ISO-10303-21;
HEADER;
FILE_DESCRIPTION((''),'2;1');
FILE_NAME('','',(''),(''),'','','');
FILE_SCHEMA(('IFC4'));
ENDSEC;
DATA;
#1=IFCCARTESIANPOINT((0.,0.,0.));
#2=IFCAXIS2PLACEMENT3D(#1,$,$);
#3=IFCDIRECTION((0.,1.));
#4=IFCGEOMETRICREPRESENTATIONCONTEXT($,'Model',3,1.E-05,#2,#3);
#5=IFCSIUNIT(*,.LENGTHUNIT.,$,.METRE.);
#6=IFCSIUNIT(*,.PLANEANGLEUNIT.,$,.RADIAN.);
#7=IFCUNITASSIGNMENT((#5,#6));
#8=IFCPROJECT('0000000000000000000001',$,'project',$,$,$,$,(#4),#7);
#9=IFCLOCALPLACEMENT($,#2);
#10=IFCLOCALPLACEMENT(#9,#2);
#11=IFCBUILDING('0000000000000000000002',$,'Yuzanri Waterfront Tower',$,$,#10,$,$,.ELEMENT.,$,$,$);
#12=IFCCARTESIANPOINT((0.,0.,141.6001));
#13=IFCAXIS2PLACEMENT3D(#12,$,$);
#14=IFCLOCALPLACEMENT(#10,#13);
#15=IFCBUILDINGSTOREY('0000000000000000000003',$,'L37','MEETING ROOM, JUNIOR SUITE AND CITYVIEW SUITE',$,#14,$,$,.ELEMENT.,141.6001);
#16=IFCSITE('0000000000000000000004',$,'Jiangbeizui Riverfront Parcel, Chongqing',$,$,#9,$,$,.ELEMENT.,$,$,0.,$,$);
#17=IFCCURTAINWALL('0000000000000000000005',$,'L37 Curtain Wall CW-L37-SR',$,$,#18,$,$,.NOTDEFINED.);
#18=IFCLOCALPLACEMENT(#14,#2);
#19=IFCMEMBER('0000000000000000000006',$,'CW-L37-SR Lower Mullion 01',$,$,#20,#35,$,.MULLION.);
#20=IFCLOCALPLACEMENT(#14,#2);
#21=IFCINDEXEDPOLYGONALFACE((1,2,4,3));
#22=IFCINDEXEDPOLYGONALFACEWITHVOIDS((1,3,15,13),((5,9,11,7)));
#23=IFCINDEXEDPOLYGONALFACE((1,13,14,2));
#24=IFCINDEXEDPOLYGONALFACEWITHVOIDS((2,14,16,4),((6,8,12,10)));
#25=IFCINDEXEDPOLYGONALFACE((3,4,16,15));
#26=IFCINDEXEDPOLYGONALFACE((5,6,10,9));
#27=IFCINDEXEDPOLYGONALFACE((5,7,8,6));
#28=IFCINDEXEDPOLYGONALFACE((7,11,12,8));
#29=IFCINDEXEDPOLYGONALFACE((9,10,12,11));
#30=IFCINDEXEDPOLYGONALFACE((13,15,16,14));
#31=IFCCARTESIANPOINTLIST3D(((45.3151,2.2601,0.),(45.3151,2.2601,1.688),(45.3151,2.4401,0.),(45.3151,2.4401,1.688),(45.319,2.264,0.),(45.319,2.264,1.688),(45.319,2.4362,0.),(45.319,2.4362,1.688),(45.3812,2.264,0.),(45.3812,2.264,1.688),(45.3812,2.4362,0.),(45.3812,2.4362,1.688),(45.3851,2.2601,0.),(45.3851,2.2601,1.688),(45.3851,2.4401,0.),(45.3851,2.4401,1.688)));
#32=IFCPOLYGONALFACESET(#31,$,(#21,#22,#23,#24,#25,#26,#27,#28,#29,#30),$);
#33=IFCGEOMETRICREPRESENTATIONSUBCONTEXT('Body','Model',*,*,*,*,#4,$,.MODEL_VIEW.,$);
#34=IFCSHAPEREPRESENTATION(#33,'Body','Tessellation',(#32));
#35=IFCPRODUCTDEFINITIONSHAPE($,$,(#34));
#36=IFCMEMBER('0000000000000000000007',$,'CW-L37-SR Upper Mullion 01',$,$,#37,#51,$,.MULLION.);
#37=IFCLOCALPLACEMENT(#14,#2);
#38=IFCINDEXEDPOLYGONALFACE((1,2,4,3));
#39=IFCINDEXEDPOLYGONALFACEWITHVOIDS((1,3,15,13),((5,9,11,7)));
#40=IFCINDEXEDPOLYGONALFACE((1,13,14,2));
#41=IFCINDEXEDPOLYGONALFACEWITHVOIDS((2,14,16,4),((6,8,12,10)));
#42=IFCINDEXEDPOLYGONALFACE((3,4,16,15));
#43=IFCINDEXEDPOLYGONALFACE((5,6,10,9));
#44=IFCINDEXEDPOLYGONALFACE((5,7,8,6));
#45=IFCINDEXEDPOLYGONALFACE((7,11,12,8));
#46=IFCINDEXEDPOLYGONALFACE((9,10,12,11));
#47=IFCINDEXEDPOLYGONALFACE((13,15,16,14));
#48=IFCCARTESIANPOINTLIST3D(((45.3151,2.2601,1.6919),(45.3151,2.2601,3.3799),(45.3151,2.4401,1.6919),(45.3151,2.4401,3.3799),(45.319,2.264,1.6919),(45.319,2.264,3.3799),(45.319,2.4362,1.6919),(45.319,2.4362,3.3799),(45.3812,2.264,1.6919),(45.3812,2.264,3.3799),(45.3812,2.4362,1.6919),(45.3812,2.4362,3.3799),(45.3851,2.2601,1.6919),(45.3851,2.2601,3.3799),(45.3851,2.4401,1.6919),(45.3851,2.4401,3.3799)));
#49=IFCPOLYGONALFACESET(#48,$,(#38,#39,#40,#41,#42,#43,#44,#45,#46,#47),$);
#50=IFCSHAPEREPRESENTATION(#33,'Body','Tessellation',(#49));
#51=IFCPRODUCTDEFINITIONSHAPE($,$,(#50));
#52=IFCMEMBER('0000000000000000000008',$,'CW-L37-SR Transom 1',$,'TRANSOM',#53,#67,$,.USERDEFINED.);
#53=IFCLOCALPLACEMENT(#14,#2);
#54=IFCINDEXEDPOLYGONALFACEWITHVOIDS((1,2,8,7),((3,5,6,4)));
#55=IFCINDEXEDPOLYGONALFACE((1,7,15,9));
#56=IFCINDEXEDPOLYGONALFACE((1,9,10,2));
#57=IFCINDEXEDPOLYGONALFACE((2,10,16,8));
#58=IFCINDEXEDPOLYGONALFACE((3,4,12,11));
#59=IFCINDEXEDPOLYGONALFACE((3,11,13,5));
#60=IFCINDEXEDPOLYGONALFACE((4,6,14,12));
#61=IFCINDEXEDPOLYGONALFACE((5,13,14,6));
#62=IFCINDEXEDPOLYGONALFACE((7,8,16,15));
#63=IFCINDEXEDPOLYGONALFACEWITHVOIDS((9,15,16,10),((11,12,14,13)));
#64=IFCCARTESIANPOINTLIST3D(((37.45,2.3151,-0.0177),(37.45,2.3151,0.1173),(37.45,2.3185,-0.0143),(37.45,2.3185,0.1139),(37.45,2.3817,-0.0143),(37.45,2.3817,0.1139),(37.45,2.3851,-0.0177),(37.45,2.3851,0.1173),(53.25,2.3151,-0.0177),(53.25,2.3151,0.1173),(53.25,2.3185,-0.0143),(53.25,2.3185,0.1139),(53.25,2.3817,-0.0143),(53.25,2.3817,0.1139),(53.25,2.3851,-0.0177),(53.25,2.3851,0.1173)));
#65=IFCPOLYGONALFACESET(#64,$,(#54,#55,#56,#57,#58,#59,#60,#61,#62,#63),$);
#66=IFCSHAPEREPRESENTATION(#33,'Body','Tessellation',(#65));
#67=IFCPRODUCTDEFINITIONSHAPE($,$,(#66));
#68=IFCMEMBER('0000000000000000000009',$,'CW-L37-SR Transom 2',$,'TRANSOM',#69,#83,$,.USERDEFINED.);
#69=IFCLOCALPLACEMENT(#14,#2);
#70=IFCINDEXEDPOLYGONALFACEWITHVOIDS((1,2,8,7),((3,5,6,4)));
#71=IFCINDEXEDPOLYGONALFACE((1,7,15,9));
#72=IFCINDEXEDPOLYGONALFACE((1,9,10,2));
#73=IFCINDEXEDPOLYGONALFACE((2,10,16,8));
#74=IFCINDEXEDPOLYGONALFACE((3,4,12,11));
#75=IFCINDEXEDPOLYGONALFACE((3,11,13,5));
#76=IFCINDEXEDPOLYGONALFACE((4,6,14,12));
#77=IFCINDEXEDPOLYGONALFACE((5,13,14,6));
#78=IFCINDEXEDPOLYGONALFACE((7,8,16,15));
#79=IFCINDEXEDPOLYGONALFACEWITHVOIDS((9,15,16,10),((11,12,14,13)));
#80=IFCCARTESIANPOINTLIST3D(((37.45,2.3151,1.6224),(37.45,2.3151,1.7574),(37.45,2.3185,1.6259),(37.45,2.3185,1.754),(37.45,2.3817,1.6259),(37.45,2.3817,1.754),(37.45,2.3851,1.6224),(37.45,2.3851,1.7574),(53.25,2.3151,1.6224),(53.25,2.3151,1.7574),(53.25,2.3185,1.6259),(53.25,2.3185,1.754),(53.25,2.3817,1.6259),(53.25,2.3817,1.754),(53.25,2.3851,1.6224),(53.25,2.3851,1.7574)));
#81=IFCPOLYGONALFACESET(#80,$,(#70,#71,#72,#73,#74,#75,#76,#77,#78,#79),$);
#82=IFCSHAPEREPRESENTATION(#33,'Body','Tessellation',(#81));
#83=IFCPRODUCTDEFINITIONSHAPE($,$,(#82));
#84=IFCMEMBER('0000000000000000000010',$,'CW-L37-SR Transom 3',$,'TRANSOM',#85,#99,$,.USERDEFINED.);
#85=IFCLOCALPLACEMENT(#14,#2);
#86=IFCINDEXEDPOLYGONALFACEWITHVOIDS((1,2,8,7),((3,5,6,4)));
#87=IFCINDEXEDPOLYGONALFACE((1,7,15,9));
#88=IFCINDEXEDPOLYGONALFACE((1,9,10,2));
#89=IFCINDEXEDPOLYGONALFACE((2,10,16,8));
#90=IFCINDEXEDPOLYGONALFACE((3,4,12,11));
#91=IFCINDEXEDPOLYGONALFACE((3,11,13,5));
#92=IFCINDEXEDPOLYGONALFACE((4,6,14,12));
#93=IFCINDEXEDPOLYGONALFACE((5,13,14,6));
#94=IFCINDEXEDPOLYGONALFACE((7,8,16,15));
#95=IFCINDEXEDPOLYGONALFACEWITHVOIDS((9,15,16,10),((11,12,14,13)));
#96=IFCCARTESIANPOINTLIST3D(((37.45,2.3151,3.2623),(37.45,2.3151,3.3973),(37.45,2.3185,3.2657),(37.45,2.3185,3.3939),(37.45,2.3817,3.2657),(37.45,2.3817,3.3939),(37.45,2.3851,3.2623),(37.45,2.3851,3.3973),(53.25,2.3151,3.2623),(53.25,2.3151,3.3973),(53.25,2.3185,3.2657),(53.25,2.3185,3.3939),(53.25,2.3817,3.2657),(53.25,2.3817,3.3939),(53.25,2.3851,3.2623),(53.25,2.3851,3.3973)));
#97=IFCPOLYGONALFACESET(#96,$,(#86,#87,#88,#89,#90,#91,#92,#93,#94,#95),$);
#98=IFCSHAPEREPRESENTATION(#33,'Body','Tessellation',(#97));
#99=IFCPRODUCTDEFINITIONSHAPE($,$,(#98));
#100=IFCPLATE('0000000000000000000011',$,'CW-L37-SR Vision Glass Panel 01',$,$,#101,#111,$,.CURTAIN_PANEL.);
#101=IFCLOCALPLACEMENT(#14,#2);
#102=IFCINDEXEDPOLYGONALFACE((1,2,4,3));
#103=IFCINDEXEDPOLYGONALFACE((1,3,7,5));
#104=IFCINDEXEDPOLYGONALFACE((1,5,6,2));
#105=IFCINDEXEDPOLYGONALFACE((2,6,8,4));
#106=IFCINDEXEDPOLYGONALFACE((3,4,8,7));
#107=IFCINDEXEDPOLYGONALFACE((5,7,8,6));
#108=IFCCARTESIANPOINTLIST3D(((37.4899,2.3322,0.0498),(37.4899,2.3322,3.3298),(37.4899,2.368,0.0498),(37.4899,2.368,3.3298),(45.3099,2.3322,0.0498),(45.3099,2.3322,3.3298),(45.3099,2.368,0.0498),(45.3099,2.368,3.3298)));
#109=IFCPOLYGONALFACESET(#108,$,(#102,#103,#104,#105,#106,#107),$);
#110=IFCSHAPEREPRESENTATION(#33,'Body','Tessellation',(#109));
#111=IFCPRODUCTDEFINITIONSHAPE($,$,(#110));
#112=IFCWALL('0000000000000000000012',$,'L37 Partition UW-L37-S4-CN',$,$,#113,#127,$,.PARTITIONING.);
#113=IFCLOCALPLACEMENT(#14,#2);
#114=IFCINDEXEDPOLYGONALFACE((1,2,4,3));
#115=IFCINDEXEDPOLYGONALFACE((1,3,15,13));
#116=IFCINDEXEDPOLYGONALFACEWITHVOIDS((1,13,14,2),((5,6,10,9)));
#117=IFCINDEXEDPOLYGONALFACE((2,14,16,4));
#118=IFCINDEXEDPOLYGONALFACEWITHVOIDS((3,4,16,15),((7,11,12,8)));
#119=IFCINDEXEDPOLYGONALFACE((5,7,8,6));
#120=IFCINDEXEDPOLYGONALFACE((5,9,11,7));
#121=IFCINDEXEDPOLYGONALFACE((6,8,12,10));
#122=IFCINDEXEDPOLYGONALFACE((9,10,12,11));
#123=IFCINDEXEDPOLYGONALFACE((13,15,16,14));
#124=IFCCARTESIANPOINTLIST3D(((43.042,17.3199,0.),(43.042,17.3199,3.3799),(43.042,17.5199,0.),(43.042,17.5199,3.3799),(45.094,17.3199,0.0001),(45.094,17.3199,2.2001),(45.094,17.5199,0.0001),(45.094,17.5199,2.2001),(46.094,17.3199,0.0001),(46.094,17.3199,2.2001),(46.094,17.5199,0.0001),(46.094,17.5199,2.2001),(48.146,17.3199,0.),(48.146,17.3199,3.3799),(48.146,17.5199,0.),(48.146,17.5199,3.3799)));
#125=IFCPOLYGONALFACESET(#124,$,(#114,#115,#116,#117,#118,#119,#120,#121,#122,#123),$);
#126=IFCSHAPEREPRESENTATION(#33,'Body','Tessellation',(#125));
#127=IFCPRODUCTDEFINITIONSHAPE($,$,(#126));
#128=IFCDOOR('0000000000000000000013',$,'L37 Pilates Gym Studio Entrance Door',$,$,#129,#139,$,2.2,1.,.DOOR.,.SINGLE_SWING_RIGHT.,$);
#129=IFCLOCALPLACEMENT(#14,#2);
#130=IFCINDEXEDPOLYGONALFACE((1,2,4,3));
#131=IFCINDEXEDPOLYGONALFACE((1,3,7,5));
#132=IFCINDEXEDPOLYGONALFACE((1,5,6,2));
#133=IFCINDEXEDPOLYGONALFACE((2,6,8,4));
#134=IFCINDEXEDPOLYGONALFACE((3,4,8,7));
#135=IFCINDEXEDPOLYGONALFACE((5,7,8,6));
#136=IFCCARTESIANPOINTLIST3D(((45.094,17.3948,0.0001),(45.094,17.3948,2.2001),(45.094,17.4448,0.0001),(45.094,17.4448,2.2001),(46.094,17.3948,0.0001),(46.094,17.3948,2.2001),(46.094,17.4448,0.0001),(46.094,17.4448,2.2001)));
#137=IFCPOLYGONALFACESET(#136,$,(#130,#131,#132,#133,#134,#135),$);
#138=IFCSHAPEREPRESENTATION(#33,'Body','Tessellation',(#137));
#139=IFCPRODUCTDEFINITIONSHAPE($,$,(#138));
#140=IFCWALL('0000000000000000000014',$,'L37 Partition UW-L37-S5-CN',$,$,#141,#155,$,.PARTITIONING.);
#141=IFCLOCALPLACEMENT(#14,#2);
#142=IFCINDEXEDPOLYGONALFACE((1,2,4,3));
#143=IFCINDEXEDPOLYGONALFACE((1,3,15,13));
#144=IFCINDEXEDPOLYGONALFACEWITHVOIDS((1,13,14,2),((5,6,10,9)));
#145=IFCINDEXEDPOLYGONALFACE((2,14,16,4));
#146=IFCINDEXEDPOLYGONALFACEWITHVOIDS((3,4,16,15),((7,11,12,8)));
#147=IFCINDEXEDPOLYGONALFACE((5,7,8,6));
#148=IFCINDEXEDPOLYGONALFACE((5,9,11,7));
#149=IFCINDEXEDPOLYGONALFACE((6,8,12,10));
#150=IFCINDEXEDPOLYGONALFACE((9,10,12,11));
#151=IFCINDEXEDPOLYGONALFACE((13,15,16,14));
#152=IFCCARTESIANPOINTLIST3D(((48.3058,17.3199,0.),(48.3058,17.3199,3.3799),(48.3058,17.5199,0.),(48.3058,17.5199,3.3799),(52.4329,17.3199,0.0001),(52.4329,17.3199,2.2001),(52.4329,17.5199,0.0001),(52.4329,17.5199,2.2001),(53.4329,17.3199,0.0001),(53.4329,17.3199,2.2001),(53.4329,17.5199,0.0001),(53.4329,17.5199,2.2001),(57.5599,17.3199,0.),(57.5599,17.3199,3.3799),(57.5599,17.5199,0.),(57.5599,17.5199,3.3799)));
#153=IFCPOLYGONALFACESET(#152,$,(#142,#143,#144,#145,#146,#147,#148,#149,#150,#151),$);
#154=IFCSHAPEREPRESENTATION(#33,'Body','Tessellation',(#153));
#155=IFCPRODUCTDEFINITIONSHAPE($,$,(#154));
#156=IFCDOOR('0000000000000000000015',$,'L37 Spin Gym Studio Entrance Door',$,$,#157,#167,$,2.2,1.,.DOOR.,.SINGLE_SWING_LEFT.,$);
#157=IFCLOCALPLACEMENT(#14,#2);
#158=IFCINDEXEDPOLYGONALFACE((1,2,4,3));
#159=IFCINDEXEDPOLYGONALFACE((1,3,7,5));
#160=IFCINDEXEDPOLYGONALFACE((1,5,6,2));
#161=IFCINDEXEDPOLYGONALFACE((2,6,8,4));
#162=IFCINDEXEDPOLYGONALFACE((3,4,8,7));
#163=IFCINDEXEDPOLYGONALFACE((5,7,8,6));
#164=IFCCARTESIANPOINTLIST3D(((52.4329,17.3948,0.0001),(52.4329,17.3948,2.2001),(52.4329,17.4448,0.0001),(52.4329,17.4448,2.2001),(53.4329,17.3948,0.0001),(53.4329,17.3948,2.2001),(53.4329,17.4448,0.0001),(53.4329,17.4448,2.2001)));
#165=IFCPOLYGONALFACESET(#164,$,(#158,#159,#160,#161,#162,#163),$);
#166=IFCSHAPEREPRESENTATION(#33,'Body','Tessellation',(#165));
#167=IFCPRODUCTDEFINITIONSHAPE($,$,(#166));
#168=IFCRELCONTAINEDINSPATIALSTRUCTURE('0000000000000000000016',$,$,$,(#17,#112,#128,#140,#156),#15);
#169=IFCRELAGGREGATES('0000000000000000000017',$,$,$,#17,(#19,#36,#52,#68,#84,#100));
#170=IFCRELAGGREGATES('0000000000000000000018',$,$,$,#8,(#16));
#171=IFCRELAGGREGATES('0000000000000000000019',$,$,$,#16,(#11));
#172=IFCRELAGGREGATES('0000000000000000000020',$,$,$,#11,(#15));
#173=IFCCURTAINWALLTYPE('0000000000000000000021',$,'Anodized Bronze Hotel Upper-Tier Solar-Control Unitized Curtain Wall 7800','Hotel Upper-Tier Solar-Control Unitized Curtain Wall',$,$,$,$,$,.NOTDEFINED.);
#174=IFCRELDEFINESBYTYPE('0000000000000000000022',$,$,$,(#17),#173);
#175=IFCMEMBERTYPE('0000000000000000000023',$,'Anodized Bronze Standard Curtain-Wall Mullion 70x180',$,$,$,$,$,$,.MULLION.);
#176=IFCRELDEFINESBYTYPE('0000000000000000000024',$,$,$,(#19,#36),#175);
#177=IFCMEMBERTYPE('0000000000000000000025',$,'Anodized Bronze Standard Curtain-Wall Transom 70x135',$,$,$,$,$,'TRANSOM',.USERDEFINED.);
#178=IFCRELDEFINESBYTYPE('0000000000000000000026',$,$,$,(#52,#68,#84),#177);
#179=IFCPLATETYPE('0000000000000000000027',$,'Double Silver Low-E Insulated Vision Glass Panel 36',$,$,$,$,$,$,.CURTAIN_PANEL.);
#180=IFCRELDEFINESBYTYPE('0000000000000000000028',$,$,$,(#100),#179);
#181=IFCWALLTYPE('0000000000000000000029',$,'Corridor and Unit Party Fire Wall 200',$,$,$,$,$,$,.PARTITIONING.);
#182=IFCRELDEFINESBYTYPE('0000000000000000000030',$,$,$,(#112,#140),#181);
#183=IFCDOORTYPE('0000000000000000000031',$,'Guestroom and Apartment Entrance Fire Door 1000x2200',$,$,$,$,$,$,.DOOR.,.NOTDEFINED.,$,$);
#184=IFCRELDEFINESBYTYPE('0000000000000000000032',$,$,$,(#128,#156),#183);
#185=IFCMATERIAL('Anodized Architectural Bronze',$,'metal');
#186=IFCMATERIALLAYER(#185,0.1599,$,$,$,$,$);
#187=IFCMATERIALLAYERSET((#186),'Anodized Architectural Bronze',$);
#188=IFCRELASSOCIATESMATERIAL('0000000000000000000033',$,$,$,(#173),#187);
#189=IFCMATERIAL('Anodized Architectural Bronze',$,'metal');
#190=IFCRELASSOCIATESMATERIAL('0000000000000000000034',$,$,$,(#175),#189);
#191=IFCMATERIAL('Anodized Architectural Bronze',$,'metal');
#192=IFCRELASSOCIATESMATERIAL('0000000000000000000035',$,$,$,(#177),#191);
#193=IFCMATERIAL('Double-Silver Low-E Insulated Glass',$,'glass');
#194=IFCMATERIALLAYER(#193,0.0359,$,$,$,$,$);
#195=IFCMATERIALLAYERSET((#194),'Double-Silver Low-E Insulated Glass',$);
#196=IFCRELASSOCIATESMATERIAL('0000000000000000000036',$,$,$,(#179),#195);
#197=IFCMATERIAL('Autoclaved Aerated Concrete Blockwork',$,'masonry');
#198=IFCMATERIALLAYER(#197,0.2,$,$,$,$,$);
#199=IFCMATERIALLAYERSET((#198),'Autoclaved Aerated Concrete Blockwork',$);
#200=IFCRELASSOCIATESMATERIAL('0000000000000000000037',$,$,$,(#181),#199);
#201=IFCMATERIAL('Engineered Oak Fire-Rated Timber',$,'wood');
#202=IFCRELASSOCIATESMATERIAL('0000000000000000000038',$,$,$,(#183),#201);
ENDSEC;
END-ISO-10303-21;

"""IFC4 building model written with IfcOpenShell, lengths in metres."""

from ifc_helpers import new_model, si_unit, direction, frame, frame_2d, origin, origin_2d, place, context, subcontext, project, spatial, rectangle, hollow_rectangle, extrude, source, transform, mapped, material, layer, layer_set, material_profile, profile_set, type_object, element, fill, aggregate, save


model = new_model("IFC4")

# Units and contexts
model_context = context("Model", 3, precision=1e-05, world=origin(), true_north=direction((0.0, 1.0)))
body_context = subcontext(model_context, "Body", "Model", "MODEL_VIEW")
ifc_project = project(units=[si_unit("LENGTHUNIT", "METRE"), si_unit("PLANEANGLEUNIT", "RADIAN")], contexts=[model_context])

# Site, building, storey
site_placement = place(None, origin())
site = spatial("IfcSite", under=ifc_project, at=site_placement, Name="Jiangbeizui Riverfront Parcel, Chongqing", CompositionType="ELEMENT", RefElevation=0.0)
building_placement = place(site_placement, origin())
building = spatial("IfcBuilding", under=site, at=building_placement, Name="Yuzanri Waterfront Tower", CompositionType="ELEMENT")
storey_placement = place(building_placement, frame((0.0, 0.0, 141.6001)))
storey = spatial("IfcBuildingStorey", under=building, at=storey_placement, Name="L37", Description="MEETING ROOM, JUNIOR SUITE AND CITYVIEW SUITE", CompositionType="ELEMENT", Elevation=141.6001)

# Curtain wall, members, plate
ifc_material_1 = material(Name="Anodized Architectural Bronze", Category="metal")
ifc_layer_1 = layer(ifc_material_1, 0.1599)
ifc_layer_set_1 = layer_set([ifc_layer_1], Name="Anodized Architectural Bronze")
curtain_wall_type = type_object("IfcCurtainWallType", Name="Anodized Bronze Hotel Upper-Tier Solar-Control Unitized Curtain Wall 7800", Description="Hotel Upper-Tier Solar-Control Unitized Curtain Wall", PredefinedType="NOTDEFINED", material=ifc_layer_set_1)
curtain_wall_placement = place(storey_placement, origin())
curtain_wall = element("IfcCurtainWall", 1, at=curtain_wall_placement, inside=storey, type_object=curtain_wall_type, Name="L37 Curtain Wall CW-L37-SR", PredefinedType="NOTDEFINED")
ifc_material_2 = material(Name="Anodized Architectural Bronze", Category="metal")
ifc_material_profile_1 = material_profile(ifc_material_2, hollow_rectangle(XDim=0.0701, YDim=0.1799, WallThickness=0.0039, at=origin_2d()), Name="CWM 70x180")
ifc_profile_set_1 = profile_set([ifc_material_profile_1], Name="Anodized Architectural Bronze")
member_type_1 = type_object("IfcMemberType", Name="Anodized Bronze Standard Curtain-Wall Mullion 70x180", PredefinedType="MULLION", material=ifc_profile_set_1)
shared_shape_1 = source(origin(), body_context, "Body", "SweptSolid", [
    extrude(hollow_rectangle(XDim=0.0701, YDim=0.1799, WallThickness=0.0039, at=origin_2d()), origin(), (0.0, 0.0, 1.0), 1.688),
])
member_1_placement = place(storey_placement, frame((45.3501, 2.3501, 0.0), z_axis=(0.0, 0.0, 1.0), x_axis=(1.0, 0.0, 0.0)))
member_1 = element("IfcMember", 2, at=member_1_placement, type_object=member_type_1, Name="CW-L37-SR Lower Mullion 01", PredefinedType="MULLION", context=body_context, shape_type="MappedRepresentation", body=[
    mapped(shared_shape_1, transform((0.0, 0.0, 0.0), scale=1.0)),
])
member_2_placement = place(storey_placement, frame((45.3501, 2.3501, 1.6919), z_axis=(0.0, 0.0, 1.0), x_axis=(1.0, 0.0, 0.0)))
member_2 = element("IfcMember", 3, at=member_2_placement, type_object=member_type_1, Name="CW-L37-SR Upper Mullion 01", PredefinedType="MULLION", context=body_context, shape_type="MappedRepresentation", body=[
    mapped(shared_shape_1, transform((0.0, 0.0, 0.0), scale=1.0)),
])
ifc_material_3 = material(Name="Anodized Architectural Bronze", Category="metal")
ifc_material_profile_2 = material_profile(ifc_material_3, hollow_rectangle(XDim=0.0701, YDim=0.135, WallThickness=0.0034, at=origin_2d()), Name="CWT 70x135")
ifc_profile_set_2 = profile_set([ifc_material_profile_2], Name="Anodized Architectural Bronze")
member_type_2 = type_object("IfcMemberType", Name="Anodized Bronze Standard Curtain-Wall Transom 70x135", ElementType="TRANSOM", PredefinedType="USERDEFINED", material=ifc_profile_set_2)
shared_shape_2 = source(origin(), body_context, "Body", "SweptSolid", [
    extrude(hollow_rectangle(XDim=0.0701, YDim=0.135, WallThickness=0.0034, at=origin_2d()), origin(), (0.0, 0.0, 1.0), 15.8),
])
member_3_placement = place(storey_placement, frame((37.45, 2.3501, 0.0498), z_axis=(1.0, 0.0, 0.0), x_axis=(0.0, 1.0, 0.0)))
member_3 = element("IfcMember", 4, at=member_3_placement, type_object=member_type_2, Name="CW-L37-SR Transom 1", ObjectType="TRANSOM", PredefinedType="USERDEFINED", context=body_context, shape_type="MappedRepresentation", body=[
    mapped(shared_shape_2, transform((0.0, 0.0, 0.0), scale=1.0)),
])
member_4_placement = place(storey_placement, frame((37.45, 2.3501, 1.6899), z_axis=(1.0, 0.0, 0.0), x_axis=(0.0, 1.0, 0.0)))
member_4 = element("IfcMember", 5, at=member_4_placement, type_object=member_type_2, Name="CW-L37-SR Transom 2", ObjectType="TRANSOM", PredefinedType="USERDEFINED", context=body_context, shape_type="MappedRepresentation", body=[
    mapped(shared_shape_2, transform((0.0, 0.0, 0.0), scale=1.0)),
])
member_5_placement = place(storey_placement, frame((37.45, 2.3501, 3.3298), z_axis=(1.0, 0.0, 0.0), x_axis=(0.0, 1.0, 0.0)))
member_5 = element("IfcMember", 6, at=member_5_placement, type_object=member_type_2, Name="CW-L37-SR Transom 3", ObjectType="TRANSOM", PredefinedType="USERDEFINED", context=body_context, shape_type="MappedRepresentation", body=[
    mapped(shared_shape_2, transform((0.0, 0.0, 0.0), scale=1.0)),
])
ifc_material_4 = material(Name="Double-Silver Low-E Insulated Glass", Category="glass")
ifc_layer_2 = layer(ifc_material_4, 0.0359)
ifc_layer_set_2 = layer_set([ifc_layer_2], Name="Double-Silver Low-E Insulated Glass")
plate_type = type_object("IfcPlateType", Name="Double Silver Low-E Insulated Vision Glass Panel 36", PredefinedType="CURTAIN_PANEL", material=ifc_layer_set_2)
shared_shape_3 = source(origin(), body_context, "Body", "SweptSolid", [
    extrude(rectangle(XDim=7.8201, YDim=0.0359, at=origin_2d()), origin(), (0.0, 0.0, 1.0), 3.28),
])
plate_placement = place(storey_placement, frame((41.3999, 2.3501, 0.0498), z_axis=(0.0, 0.0, 1.0), x_axis=(1.0, 0.0, 0.0)))
plate = element("IfcPlate", 7, at=plate_placement, type_object=plate_type, Name="CW-L37-SR Vision Glass Panel 01", PredefinedType="CURTAIN_PANEL", context=body_context, shape_type="MappedRepresentation", body=[
    mapped(shared_shape_3, transform((0.0, 0.0, 0.0), scale=1.0)),
])
aggregate(curtain_wall, [member_1, member_2, member_3, member_4, member_5, plate])

# Walls, openings, doors
ifc_material_5 = material(Name="Autoclaved Aerated Concrete Blockwork", Category="masonry")
ifc_layer_3 = layer(ifc_material_5, 0.2)
ifc_layer_set_3 = layer_set([ifc_layer_3], Name="Autoclaved Aerated Concrete Blockwork")
wall_type_1 = type_object("IfcWallType", Name="Corridor and Unit Party Fire Wall 200", PredefinedType="PARTITIONING", material=ifc_layer_set_3)
wall_1_placement = place(storey_placement, frame((43.042, 17.4199, 0.0), z_axis=(0.0, 0.0, 1.0), x_axis=(1.0, 0.0, 0.0)))
wall_1 = element("IfcWall", 8, at=wall_1_placement, inside=storey, type_object=wall_type_1, Name="L37 Partition UW-L37-S4-CN", PredefinedType="PARTITIONING", context=body_context, shape_type="SweptSolid", body=[
    extrude(rectangle(XDim=5.104, YDim=0.2, at=frame_2d((2.552, 0.0))), origin(), (0.0, 0.0, 1.0), 3.3799),
])
opening_1_placement = place(wall_1_placement, frame((2.052, 0.0, 0.0)))
opening_1 = element("IfcOpeningElement", 9, at=opening_1_placement, cuts=wall_1, PredefinedType="OPENING", context=body_context, shape_type="SweptSolid", body=[
    extrude(rectangle(XDim=1.0, YDim=2.2, at=frame_2d((0.5, 1.1001))), frame((0.0, 0.1147, 0.0), z_axis=(0.0, -1.0, 0.0), x_axis=(1.0, 0.0, 0.0)), (0.0, 0.0, 1.0), 0.2297),
])
ifc_material_6 = material(Name="Engineered Oak Fire-Rated Timber", Category="wood")
door_type = type_object("IfcDoorType", Name="Guestroom and Apartment Entrance Fire Door 1000x2200", OperationType="NOTDEFINED", PredefinedType="DOOR", material=ifc_material_6)
shared_shape_4 = source(origin(), body_context, "Body", "SweptSolid", [
    extrude(rectangle(XDim=1.0, YDim=2.2, at=frame_2d((0.5, 1.1001))), frame((0.0, 0.0249, 0.0), z_axis=(0.0, -1.0, 0.0), x_axis=(1.0, 0.0, 0.0)), (0.0, 0.0, 1.0), 0.05),
])
door_1_placement = place(opening_1_placement, origin())
door_1 = element("IfcDoor", 10, at=door_1_placement, inside=storey, type_object=door_type, Name="L37 Pilates Gym Studio Entrance Door", OperationType="SINGLE_SWING_RIGHT", OverallHeight=2.2, OverallWidth=1.0, PredefinedType="DOOR", context=body_context, shape_type="MappedRepresentation", body=[
    mapped(shared_shape_4, transform((0.0, 0.0, 0.0), scale=1.0)),
])
fill(opening_1, door_1)
wall_2_placement = place(storey_placement, frame((48.3059, 17.4199, 0.0), z_axis=(0.0, 0.0, 1.0), x_axis=(1.0, 0.0, 0.0)))
wall_2 = element("IfcWall", 11, at=wall_2_placement, inside=storey, type_object=wall_type_1, Name="L37 Partition UW-L37-S5-CN", PredefinedType="PARTITIONING", context=body_context, shape_type="SweptSolid", body=[
    extrude(rectangle(XDim=9.2542, YDim=0.2, at=frame_2d((4.627, 0.0))), origin(), (0.0, 0.0, 1.0), 3.3799),
])
opening_2_placement = place(wall_2_placement, frame((4.127, 0.0, 0.0)))
opening_2 = element("IfcOpeningElement", 12, at=opening_2_placement, cuts=wall_2, PredefinedType="OPENING", context=body_context, shape_type="SweptSolid", body=[
    extrude(rectangle(XDim=1.0, YDim=2.2, at=frame_2d((0.5, 1.1001))), frame((0.0, 0.1147, 0.0), z_axis=(0.0, -1.0, 0.0), x_axis=(1.0, 0.0, 0.0)), (0.0, 0.0, 1.0), 0.2297),
])
door_2_placement = place(opening_2_placement, origin())
door_2 = element("IfcDoor", 13, at=door_2_placement, inside=storey, type_object=door_type, Name="L37 Spin Gym Studio Entrance Door", OperationType="SINGLE_SWING_LEFT", OverallHeight=2.2, OverallWidth=1.0, PredefinedType="DOOR", context=body_context, shape_type="MappedRepresentation", body=[
    mapped(shared_shape_4, transform((0.0, 0.0, 0.0), scale=1.0)),
])
fill(opening_2, door_2)

save(model, "model.ifc")
